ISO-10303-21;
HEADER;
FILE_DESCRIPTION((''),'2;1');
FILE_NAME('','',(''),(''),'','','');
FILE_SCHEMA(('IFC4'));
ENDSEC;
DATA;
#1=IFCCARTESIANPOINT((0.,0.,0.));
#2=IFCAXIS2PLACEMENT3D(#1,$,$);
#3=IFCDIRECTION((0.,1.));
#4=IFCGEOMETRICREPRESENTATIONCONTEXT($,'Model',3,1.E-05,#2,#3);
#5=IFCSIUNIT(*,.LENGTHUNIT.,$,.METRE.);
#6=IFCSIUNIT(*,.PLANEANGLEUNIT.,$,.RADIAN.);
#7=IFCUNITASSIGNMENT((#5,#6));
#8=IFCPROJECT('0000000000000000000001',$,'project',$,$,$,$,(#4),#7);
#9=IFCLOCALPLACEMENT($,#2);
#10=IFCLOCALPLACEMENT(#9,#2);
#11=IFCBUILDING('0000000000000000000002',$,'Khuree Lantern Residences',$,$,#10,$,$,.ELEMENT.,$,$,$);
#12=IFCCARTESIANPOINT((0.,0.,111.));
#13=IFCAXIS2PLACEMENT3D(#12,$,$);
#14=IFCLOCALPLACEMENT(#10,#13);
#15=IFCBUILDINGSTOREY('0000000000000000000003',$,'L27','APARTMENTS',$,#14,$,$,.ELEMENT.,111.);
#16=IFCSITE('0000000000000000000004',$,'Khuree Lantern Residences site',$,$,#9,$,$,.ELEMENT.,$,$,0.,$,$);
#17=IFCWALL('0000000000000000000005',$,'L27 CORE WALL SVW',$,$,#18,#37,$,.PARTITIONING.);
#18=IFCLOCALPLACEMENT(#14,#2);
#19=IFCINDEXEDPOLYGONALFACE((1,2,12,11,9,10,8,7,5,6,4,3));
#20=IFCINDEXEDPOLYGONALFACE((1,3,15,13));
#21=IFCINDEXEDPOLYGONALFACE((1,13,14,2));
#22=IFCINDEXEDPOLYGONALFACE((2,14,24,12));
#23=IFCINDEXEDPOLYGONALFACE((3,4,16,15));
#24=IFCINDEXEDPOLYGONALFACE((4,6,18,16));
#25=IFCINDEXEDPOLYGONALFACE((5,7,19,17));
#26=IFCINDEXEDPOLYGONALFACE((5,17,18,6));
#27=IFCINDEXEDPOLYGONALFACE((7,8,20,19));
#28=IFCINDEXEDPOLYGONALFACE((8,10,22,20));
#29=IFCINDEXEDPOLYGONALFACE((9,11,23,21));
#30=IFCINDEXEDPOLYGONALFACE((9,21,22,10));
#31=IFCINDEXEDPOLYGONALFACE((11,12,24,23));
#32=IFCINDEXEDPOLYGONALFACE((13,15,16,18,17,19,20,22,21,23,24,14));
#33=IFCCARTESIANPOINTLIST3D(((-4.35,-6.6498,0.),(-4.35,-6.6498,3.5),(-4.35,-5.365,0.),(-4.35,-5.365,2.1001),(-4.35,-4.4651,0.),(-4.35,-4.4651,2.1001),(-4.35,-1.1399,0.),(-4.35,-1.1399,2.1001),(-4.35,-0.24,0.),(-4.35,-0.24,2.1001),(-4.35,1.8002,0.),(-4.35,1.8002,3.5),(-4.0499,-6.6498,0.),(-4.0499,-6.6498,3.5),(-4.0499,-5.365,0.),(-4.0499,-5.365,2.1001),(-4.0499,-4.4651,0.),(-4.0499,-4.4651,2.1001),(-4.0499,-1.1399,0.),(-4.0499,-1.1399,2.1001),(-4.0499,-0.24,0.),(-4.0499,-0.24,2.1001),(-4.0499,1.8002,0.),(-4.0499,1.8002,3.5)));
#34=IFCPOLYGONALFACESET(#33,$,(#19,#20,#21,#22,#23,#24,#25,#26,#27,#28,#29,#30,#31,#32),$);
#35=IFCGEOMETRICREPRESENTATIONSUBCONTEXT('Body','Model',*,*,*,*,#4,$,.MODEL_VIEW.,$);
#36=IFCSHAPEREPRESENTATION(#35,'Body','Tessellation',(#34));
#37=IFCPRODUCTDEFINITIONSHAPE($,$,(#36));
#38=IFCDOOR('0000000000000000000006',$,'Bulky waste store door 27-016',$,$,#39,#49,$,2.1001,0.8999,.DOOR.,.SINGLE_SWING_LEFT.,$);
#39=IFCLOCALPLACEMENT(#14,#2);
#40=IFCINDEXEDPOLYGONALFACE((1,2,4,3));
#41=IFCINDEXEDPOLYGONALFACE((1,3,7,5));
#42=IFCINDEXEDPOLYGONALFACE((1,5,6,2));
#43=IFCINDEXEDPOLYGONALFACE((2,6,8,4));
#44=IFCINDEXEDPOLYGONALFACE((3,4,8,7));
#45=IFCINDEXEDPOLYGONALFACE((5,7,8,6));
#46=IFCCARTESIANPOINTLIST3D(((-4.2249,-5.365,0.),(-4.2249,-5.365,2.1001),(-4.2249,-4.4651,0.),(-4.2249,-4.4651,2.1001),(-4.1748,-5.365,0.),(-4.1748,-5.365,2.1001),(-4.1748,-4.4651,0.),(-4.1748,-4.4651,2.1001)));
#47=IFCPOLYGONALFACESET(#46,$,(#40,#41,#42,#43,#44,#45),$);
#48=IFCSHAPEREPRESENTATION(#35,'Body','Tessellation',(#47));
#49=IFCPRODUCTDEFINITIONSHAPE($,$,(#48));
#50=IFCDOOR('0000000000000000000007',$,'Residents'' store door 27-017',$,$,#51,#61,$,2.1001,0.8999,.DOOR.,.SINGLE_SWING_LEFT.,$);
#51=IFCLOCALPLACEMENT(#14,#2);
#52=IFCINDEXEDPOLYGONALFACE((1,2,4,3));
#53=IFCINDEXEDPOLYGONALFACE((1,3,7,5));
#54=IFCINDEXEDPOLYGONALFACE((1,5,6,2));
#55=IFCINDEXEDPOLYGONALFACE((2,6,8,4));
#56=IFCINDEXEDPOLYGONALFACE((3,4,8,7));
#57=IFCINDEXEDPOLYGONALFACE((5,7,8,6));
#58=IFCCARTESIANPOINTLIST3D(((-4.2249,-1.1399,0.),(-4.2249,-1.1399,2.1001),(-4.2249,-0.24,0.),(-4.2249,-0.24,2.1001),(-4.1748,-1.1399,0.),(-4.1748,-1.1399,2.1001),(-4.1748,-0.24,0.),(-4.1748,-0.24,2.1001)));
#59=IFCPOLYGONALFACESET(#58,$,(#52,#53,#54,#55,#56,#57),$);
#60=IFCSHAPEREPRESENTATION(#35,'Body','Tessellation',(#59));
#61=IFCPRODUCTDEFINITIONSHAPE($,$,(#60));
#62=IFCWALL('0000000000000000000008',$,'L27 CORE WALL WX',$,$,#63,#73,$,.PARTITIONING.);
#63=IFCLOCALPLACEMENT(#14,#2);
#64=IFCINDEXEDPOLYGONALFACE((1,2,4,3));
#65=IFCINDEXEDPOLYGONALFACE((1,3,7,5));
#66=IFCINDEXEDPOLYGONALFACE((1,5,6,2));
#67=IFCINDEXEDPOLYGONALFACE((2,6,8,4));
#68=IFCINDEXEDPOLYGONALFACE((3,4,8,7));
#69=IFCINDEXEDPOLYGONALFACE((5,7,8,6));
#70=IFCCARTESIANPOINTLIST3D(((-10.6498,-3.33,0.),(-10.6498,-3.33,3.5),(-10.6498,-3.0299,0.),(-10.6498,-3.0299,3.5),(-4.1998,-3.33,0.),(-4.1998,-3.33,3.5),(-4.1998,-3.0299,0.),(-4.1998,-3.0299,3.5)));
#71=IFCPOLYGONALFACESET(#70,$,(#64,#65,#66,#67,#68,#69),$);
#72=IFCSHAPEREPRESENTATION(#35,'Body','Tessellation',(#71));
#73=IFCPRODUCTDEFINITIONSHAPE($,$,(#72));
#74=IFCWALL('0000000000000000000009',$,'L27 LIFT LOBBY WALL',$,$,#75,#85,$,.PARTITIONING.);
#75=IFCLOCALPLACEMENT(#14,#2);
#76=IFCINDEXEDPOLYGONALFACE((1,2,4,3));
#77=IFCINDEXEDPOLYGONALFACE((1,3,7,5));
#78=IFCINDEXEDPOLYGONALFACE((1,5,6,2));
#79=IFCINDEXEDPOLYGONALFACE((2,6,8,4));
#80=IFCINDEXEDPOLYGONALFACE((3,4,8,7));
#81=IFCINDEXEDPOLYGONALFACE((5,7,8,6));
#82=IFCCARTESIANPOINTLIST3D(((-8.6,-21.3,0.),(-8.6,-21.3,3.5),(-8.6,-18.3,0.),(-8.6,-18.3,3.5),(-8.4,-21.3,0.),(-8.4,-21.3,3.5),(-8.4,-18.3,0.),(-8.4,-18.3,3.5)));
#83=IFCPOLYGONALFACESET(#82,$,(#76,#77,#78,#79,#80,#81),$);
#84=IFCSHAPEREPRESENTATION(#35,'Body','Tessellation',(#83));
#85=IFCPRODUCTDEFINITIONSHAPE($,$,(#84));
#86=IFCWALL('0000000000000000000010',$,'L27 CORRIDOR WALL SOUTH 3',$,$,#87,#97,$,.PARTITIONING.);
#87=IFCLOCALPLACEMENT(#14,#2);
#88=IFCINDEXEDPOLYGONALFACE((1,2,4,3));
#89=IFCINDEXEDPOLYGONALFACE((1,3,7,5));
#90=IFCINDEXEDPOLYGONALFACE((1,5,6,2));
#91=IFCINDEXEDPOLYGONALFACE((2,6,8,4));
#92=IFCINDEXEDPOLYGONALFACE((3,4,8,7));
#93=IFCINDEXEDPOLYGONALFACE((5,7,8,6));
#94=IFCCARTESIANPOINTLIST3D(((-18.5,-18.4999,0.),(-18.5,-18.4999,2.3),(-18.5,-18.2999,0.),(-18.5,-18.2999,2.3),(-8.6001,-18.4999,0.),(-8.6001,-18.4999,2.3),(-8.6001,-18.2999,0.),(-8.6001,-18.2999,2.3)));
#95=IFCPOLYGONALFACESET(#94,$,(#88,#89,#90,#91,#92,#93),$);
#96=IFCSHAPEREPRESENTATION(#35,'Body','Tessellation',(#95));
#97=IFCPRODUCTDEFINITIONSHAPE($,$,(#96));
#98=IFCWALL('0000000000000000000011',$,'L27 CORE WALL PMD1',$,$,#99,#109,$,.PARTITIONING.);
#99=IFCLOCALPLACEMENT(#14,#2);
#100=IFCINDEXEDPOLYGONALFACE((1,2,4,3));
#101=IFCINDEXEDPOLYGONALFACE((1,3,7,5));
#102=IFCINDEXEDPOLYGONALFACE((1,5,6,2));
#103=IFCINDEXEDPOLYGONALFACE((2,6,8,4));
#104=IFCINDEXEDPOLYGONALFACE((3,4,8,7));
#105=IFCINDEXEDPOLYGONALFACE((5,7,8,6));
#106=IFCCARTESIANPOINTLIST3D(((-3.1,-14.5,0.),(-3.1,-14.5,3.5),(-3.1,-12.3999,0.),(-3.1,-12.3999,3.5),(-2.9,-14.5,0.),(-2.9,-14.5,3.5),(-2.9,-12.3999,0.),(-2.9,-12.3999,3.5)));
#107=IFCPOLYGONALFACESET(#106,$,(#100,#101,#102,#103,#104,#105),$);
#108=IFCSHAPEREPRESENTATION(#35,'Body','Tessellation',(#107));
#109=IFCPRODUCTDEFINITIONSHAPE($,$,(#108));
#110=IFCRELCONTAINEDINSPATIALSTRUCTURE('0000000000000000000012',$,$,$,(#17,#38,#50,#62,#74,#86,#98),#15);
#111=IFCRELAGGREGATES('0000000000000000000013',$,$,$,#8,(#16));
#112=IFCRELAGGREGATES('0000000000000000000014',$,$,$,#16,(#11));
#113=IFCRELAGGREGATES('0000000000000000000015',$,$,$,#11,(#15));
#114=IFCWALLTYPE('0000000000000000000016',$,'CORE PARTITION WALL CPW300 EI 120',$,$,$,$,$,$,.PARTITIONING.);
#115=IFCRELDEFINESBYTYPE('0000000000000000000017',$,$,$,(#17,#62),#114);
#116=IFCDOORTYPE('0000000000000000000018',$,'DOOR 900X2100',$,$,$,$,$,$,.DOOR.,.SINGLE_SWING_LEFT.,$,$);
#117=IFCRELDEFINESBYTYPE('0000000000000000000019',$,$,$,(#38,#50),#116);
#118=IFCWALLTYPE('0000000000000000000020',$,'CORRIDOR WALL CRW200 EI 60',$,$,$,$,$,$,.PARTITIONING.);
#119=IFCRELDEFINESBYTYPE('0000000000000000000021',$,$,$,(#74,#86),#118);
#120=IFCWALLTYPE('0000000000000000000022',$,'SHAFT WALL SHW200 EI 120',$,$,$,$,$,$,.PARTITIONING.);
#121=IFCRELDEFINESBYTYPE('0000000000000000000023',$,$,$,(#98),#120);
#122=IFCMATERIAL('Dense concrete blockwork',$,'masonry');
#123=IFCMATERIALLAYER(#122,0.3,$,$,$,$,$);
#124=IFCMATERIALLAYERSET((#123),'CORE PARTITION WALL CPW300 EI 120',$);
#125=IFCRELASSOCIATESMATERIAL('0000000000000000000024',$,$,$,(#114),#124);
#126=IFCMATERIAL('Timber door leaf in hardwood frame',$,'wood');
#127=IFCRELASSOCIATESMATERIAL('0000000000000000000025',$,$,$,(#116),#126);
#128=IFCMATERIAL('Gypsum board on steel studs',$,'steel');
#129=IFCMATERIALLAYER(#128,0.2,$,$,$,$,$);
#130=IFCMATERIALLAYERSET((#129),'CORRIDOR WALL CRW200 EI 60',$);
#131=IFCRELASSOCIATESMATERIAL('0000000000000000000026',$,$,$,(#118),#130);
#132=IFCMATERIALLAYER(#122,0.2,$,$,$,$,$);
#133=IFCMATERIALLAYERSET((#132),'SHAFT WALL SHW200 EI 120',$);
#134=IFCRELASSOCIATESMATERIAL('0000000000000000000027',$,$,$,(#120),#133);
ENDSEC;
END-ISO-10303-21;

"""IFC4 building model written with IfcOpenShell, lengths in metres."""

from ifc_helpers import new_model, si_unit, direction, frame, frame_2d, origin, place, context, subcontext, project, spatial, rectangle, extrude, material, layer, layer_set, type_object, element, fill, save


model = new_model("IFC4")

# Units and contexts
model_context = context("Model", 3, precision=1e-05, world=origin(), true_north=direction((0.0, 1.0)))
body_context = subcontext(model_context, "Body", "Model", "MODEL_VIEW")
ifc_project = project(units=[si_unit("LENGTHUNIT", "METRE"), si_unit("PLANEANGLEUNIT", "RADIAN")], contexts=[model_context])

# Site, building, storey
site_placement = place(None, origin())
site = spatial("IfcSite", under=ifc_project, at=site_placement, Name="Khuree Lantern Residences site", CompositionType="ELEMENT", RefElevation=0.0)
building_placement = place(site_placement, origin())
building = spatial("IfcBuilding", under=site, at=building_placement, Name="Khuree Lantern Residences", CompositionType="ELEMENT")
storey_placement = place(building_placement, frame((0.0, 0.0, 111.0)))
storey = spatial("IfcBuildingStorey", under=building, at=storey_placement, Name="L27", Description="APARTMENTS", CompositionType="ELEMENT", Elevation=111.0)

# Shared definitions
ifc_material_1 = material(Name="Dense concrete blockwork", Category="masonry")
ifc_layer_1 = layer(ifc_material_1, 0.3)
ifc_layer_set_1 = layer_set([ifc_layer_1], Name="CORE PARTITION WALL CPW300 EI 120")
wall_type_1 = type_object("IfcWallType", Name="CORE PARTITION WALL CPW300 EI 120", PredefinedType="PARTITIONING", material=ifc_layer_set_1)

# Wall, openings, doors
wall_1_placement = place(storey_placement, frame((-4.2, -6.6499, 0.0), z_axis=(0.0, 0.0, 1.0), x_axis=(0.0, 1.0, 0.0)))
wall_1 = element("IfcWall", 1, at=wall_1_placement, inside=storey, type_object=wall_type_1, Name="L27 CORE WALL SVW", PredefinedType="PARTITIONING", context=body_context, shape_type="SweptSolid", body=[
    extrude(rectangle(XDim=8.45, YDim=0.3, at=frame_2d((4.2251, 0.0))), origin(), (0.0, 0.0, 1.0), 3.5),
])
opening_1_placement = place(wall_1_placement, frame((1.2849, 0.0, 0.0)))
opening_1 = element("IfcOpeningElement", 2, at=opening_1_placement, cuts=wall_1, PredefinedType="OPENING", context=body_context, shape_type="SweptSolid", body=[
    extrude(rectangle(XDim=0.8999, YDim=2.1001, at=frame_2d((0.45, 1.05))), frame((0.0, 0.1602, 0.0), z_axis=(0.0, -1.0, 0.0), x_axis=(1.0, 0.0, 0.0)), (0.0, 0.0, 1.0), 0.3201),
])
opening_2_placement = place(wall_1_placement, frame((5.51, 0.0, 0.0)))
opening_2 = element("IfcOpeningElement", 3, at=opening_2_placement, cuts=wall_1, PredefinedType="OPENING", context=body_context, shape_type="SweptSolid", body=[
    extrude(rectangle(XDim=0.8999, YDim=2.1001, at=frame_2d((0.45, 1.05))), frame((0.0, 0.1602, 0.0), z_axis=(0.0, -1.0, 0.0), x_axis=(1.0, 0.0, 0.0)), (0.0, 0.0, 1.0), 0.3201),
])
ifc_material_2 = material(Name="Timber door leaf in hardwood frame", Category="wood")
door_type_1 = type_object("IfcDoorType", Name="DOOR 900X2100", OperationType="SINGLE_SWING_LEFT", PredefinedType="DOOR", material=ifc_material_2)
door_1_placement = place(opening_1_placement, origin())
door_1 = element("IfcDoor", 4, at=door_1_placement, inside=storey, type_object=door_type_1, Name="Bulky waste store door 27-016", OperationType="SINGLE_SWING_LEFT", OverallHeight=2.1001, OverallWidth=0.8999, PredefinedType="DOOR", context=body_context, shape_type="SweptSolid", body=[
    extrude(rectangle(XDim=0.8999, YDim=2.1001, at=frame_2d((0.45, 1.05))), frame((0.0, 0.0249, 0.0), z_axis=(0.0, -1.0, 0.0), x_axis=(1.0, 0.0, 0.0)), (0.0, 0.0, 1.0), 0.05),
])
fill(opening_1, door_1)
door_2_placement = place(opening_2_placement, origin())
door_2 = element("IfcDoor", 5, at=door_2_placement, inside=storey, type_object=door_type_1, Name="Residents' store door 27-017", OperationType="SINGLE_SWING_LEFT", OverallHeight=2.1001, OverallWidth=0.8999, PredefinedType="DOOR", context=body_context, shape_type="SweptSolid", body=[
    extrude(rectangle(XDim=0.8999, YDim=2.1001, at=frame_2d((0.45, 1.05))), frame((0.0, 0.0249, 0.0), z_axis=(0.0, -1.0, 0.0), x_axis=(1.0, 0.0, 0.0)), (0.0, 0.0, 1.0), 0.05),
])
fill(opening_2, door_2)

# Walls
wall_2_placement = place(storey_placement, frame((-10.6499, -3.1799, 0.0), z_axis=(0.0, 0.0, 1.0), x_axis=(1.0, 0.0, 0.0)))
element("IfcWall", 6, at=wall_2_placement, inside=storey, type_object=wall_type_1, Name="L27 CORE WALL WX", PredefinedType="PARTITIONING", context=body_context, shape_type="SweptSolid", body=[
    extrude(rectangle(XDim=6.45, YDim=0.3, at=frame_2d((3.2251, 0.0))), origin(), (0.0, 0.0, 1.0), 3.5),
])
ifc_material_3 = material(Name="Gypsum board on steel studs", Category="steel")
ifc_layer_2 = layer(ifc_material_3, 0.2)
ifc_layer_set_2 = layer_set([ifc_layer_2], Name="CORRIDOR WALL CRW200 EI 60")
wall_type_2 = type_object("IfcWallType", Name="CORRIDOR WALL CRW200 EI 60", PredefinedType="PARTITIONING", material=ifc_layer_set_2)
wall_3_placement = place(storey_placement, frame((-8.5, -18.3, 0.0), z_axis=(0.0, 0.0, 1.0), x_axis=(0.0, -1.0, 0.0)))
element("IfcWall", 7, at=wall_3_placement, inside=storey, type_object=wall_type_2, Name="L27 LIFT LOBBY WALL", PredefinedType="PARTITIONING", context=body_context, shape_type="SweptSolid", body=[
    extrude(rectangle(XDim=3.0, YDim=0.2, at=frame_2d((1.5, 0.0))), origin(), (0.0, 0.0, 1.0), 3.5),
])
wall_4_placement = place(storey_placement, frame((-8.6001, -18.3999, 0.0), z_axis=(0.0, 0.0, 1.0), x_axis=(-1.0, 0.0, 0.0)))
element("IfcWall", 8, at=wall_4_placement, inside=storey, type_object=wall_type_2, Name="L27 CORRIDOR WALL SOUTH 3", PredefinedType="PARTITIONING", context=body_context, shape_type="SweptSolid", body=[
    extrude(rectangle(XDim=9.8999, YDim=0.2, at=frame_2d((4.95, 0.0))), origin(), (0.0, 0.0, 1.0), 2.3),
])
ifc_layer_3 = layer(ifc_material_1, 0.2)
ifc_layer_set_3 = layer_set([ifc_layer_3], Name="SHAFT WALL SHW200 EI 120")
wall_type_3 = type_object("IfcWallType", Name="SHAFT WALL SHW200 EI 120", PredefinedType="PARTITIONING", material=ifc_layer_set_3)
wall_5_placement = place(storey_placement, frame((-3.0, -14.5, 0.0), z_axis=(0.0, 0.0, 1.0), x_axis=(0.0, 1.0, 0.0)))
element("IfcWall", 9, at=wall_5_placement, inside=storey, type_object=wall_type_3, Name="L27 CORE WALL PMD1", PredefinedType="PARTITIONING", context=body_context, shape_type="SweptSolid", body=[
    extrude(rectangle(XDim=2.1001, YDim=0.2, at=frame_2d((1.05, 0.0))), origin(), (0.0, 0.0, 1.0), 3.5),
])

save(model, "model.ifc")
